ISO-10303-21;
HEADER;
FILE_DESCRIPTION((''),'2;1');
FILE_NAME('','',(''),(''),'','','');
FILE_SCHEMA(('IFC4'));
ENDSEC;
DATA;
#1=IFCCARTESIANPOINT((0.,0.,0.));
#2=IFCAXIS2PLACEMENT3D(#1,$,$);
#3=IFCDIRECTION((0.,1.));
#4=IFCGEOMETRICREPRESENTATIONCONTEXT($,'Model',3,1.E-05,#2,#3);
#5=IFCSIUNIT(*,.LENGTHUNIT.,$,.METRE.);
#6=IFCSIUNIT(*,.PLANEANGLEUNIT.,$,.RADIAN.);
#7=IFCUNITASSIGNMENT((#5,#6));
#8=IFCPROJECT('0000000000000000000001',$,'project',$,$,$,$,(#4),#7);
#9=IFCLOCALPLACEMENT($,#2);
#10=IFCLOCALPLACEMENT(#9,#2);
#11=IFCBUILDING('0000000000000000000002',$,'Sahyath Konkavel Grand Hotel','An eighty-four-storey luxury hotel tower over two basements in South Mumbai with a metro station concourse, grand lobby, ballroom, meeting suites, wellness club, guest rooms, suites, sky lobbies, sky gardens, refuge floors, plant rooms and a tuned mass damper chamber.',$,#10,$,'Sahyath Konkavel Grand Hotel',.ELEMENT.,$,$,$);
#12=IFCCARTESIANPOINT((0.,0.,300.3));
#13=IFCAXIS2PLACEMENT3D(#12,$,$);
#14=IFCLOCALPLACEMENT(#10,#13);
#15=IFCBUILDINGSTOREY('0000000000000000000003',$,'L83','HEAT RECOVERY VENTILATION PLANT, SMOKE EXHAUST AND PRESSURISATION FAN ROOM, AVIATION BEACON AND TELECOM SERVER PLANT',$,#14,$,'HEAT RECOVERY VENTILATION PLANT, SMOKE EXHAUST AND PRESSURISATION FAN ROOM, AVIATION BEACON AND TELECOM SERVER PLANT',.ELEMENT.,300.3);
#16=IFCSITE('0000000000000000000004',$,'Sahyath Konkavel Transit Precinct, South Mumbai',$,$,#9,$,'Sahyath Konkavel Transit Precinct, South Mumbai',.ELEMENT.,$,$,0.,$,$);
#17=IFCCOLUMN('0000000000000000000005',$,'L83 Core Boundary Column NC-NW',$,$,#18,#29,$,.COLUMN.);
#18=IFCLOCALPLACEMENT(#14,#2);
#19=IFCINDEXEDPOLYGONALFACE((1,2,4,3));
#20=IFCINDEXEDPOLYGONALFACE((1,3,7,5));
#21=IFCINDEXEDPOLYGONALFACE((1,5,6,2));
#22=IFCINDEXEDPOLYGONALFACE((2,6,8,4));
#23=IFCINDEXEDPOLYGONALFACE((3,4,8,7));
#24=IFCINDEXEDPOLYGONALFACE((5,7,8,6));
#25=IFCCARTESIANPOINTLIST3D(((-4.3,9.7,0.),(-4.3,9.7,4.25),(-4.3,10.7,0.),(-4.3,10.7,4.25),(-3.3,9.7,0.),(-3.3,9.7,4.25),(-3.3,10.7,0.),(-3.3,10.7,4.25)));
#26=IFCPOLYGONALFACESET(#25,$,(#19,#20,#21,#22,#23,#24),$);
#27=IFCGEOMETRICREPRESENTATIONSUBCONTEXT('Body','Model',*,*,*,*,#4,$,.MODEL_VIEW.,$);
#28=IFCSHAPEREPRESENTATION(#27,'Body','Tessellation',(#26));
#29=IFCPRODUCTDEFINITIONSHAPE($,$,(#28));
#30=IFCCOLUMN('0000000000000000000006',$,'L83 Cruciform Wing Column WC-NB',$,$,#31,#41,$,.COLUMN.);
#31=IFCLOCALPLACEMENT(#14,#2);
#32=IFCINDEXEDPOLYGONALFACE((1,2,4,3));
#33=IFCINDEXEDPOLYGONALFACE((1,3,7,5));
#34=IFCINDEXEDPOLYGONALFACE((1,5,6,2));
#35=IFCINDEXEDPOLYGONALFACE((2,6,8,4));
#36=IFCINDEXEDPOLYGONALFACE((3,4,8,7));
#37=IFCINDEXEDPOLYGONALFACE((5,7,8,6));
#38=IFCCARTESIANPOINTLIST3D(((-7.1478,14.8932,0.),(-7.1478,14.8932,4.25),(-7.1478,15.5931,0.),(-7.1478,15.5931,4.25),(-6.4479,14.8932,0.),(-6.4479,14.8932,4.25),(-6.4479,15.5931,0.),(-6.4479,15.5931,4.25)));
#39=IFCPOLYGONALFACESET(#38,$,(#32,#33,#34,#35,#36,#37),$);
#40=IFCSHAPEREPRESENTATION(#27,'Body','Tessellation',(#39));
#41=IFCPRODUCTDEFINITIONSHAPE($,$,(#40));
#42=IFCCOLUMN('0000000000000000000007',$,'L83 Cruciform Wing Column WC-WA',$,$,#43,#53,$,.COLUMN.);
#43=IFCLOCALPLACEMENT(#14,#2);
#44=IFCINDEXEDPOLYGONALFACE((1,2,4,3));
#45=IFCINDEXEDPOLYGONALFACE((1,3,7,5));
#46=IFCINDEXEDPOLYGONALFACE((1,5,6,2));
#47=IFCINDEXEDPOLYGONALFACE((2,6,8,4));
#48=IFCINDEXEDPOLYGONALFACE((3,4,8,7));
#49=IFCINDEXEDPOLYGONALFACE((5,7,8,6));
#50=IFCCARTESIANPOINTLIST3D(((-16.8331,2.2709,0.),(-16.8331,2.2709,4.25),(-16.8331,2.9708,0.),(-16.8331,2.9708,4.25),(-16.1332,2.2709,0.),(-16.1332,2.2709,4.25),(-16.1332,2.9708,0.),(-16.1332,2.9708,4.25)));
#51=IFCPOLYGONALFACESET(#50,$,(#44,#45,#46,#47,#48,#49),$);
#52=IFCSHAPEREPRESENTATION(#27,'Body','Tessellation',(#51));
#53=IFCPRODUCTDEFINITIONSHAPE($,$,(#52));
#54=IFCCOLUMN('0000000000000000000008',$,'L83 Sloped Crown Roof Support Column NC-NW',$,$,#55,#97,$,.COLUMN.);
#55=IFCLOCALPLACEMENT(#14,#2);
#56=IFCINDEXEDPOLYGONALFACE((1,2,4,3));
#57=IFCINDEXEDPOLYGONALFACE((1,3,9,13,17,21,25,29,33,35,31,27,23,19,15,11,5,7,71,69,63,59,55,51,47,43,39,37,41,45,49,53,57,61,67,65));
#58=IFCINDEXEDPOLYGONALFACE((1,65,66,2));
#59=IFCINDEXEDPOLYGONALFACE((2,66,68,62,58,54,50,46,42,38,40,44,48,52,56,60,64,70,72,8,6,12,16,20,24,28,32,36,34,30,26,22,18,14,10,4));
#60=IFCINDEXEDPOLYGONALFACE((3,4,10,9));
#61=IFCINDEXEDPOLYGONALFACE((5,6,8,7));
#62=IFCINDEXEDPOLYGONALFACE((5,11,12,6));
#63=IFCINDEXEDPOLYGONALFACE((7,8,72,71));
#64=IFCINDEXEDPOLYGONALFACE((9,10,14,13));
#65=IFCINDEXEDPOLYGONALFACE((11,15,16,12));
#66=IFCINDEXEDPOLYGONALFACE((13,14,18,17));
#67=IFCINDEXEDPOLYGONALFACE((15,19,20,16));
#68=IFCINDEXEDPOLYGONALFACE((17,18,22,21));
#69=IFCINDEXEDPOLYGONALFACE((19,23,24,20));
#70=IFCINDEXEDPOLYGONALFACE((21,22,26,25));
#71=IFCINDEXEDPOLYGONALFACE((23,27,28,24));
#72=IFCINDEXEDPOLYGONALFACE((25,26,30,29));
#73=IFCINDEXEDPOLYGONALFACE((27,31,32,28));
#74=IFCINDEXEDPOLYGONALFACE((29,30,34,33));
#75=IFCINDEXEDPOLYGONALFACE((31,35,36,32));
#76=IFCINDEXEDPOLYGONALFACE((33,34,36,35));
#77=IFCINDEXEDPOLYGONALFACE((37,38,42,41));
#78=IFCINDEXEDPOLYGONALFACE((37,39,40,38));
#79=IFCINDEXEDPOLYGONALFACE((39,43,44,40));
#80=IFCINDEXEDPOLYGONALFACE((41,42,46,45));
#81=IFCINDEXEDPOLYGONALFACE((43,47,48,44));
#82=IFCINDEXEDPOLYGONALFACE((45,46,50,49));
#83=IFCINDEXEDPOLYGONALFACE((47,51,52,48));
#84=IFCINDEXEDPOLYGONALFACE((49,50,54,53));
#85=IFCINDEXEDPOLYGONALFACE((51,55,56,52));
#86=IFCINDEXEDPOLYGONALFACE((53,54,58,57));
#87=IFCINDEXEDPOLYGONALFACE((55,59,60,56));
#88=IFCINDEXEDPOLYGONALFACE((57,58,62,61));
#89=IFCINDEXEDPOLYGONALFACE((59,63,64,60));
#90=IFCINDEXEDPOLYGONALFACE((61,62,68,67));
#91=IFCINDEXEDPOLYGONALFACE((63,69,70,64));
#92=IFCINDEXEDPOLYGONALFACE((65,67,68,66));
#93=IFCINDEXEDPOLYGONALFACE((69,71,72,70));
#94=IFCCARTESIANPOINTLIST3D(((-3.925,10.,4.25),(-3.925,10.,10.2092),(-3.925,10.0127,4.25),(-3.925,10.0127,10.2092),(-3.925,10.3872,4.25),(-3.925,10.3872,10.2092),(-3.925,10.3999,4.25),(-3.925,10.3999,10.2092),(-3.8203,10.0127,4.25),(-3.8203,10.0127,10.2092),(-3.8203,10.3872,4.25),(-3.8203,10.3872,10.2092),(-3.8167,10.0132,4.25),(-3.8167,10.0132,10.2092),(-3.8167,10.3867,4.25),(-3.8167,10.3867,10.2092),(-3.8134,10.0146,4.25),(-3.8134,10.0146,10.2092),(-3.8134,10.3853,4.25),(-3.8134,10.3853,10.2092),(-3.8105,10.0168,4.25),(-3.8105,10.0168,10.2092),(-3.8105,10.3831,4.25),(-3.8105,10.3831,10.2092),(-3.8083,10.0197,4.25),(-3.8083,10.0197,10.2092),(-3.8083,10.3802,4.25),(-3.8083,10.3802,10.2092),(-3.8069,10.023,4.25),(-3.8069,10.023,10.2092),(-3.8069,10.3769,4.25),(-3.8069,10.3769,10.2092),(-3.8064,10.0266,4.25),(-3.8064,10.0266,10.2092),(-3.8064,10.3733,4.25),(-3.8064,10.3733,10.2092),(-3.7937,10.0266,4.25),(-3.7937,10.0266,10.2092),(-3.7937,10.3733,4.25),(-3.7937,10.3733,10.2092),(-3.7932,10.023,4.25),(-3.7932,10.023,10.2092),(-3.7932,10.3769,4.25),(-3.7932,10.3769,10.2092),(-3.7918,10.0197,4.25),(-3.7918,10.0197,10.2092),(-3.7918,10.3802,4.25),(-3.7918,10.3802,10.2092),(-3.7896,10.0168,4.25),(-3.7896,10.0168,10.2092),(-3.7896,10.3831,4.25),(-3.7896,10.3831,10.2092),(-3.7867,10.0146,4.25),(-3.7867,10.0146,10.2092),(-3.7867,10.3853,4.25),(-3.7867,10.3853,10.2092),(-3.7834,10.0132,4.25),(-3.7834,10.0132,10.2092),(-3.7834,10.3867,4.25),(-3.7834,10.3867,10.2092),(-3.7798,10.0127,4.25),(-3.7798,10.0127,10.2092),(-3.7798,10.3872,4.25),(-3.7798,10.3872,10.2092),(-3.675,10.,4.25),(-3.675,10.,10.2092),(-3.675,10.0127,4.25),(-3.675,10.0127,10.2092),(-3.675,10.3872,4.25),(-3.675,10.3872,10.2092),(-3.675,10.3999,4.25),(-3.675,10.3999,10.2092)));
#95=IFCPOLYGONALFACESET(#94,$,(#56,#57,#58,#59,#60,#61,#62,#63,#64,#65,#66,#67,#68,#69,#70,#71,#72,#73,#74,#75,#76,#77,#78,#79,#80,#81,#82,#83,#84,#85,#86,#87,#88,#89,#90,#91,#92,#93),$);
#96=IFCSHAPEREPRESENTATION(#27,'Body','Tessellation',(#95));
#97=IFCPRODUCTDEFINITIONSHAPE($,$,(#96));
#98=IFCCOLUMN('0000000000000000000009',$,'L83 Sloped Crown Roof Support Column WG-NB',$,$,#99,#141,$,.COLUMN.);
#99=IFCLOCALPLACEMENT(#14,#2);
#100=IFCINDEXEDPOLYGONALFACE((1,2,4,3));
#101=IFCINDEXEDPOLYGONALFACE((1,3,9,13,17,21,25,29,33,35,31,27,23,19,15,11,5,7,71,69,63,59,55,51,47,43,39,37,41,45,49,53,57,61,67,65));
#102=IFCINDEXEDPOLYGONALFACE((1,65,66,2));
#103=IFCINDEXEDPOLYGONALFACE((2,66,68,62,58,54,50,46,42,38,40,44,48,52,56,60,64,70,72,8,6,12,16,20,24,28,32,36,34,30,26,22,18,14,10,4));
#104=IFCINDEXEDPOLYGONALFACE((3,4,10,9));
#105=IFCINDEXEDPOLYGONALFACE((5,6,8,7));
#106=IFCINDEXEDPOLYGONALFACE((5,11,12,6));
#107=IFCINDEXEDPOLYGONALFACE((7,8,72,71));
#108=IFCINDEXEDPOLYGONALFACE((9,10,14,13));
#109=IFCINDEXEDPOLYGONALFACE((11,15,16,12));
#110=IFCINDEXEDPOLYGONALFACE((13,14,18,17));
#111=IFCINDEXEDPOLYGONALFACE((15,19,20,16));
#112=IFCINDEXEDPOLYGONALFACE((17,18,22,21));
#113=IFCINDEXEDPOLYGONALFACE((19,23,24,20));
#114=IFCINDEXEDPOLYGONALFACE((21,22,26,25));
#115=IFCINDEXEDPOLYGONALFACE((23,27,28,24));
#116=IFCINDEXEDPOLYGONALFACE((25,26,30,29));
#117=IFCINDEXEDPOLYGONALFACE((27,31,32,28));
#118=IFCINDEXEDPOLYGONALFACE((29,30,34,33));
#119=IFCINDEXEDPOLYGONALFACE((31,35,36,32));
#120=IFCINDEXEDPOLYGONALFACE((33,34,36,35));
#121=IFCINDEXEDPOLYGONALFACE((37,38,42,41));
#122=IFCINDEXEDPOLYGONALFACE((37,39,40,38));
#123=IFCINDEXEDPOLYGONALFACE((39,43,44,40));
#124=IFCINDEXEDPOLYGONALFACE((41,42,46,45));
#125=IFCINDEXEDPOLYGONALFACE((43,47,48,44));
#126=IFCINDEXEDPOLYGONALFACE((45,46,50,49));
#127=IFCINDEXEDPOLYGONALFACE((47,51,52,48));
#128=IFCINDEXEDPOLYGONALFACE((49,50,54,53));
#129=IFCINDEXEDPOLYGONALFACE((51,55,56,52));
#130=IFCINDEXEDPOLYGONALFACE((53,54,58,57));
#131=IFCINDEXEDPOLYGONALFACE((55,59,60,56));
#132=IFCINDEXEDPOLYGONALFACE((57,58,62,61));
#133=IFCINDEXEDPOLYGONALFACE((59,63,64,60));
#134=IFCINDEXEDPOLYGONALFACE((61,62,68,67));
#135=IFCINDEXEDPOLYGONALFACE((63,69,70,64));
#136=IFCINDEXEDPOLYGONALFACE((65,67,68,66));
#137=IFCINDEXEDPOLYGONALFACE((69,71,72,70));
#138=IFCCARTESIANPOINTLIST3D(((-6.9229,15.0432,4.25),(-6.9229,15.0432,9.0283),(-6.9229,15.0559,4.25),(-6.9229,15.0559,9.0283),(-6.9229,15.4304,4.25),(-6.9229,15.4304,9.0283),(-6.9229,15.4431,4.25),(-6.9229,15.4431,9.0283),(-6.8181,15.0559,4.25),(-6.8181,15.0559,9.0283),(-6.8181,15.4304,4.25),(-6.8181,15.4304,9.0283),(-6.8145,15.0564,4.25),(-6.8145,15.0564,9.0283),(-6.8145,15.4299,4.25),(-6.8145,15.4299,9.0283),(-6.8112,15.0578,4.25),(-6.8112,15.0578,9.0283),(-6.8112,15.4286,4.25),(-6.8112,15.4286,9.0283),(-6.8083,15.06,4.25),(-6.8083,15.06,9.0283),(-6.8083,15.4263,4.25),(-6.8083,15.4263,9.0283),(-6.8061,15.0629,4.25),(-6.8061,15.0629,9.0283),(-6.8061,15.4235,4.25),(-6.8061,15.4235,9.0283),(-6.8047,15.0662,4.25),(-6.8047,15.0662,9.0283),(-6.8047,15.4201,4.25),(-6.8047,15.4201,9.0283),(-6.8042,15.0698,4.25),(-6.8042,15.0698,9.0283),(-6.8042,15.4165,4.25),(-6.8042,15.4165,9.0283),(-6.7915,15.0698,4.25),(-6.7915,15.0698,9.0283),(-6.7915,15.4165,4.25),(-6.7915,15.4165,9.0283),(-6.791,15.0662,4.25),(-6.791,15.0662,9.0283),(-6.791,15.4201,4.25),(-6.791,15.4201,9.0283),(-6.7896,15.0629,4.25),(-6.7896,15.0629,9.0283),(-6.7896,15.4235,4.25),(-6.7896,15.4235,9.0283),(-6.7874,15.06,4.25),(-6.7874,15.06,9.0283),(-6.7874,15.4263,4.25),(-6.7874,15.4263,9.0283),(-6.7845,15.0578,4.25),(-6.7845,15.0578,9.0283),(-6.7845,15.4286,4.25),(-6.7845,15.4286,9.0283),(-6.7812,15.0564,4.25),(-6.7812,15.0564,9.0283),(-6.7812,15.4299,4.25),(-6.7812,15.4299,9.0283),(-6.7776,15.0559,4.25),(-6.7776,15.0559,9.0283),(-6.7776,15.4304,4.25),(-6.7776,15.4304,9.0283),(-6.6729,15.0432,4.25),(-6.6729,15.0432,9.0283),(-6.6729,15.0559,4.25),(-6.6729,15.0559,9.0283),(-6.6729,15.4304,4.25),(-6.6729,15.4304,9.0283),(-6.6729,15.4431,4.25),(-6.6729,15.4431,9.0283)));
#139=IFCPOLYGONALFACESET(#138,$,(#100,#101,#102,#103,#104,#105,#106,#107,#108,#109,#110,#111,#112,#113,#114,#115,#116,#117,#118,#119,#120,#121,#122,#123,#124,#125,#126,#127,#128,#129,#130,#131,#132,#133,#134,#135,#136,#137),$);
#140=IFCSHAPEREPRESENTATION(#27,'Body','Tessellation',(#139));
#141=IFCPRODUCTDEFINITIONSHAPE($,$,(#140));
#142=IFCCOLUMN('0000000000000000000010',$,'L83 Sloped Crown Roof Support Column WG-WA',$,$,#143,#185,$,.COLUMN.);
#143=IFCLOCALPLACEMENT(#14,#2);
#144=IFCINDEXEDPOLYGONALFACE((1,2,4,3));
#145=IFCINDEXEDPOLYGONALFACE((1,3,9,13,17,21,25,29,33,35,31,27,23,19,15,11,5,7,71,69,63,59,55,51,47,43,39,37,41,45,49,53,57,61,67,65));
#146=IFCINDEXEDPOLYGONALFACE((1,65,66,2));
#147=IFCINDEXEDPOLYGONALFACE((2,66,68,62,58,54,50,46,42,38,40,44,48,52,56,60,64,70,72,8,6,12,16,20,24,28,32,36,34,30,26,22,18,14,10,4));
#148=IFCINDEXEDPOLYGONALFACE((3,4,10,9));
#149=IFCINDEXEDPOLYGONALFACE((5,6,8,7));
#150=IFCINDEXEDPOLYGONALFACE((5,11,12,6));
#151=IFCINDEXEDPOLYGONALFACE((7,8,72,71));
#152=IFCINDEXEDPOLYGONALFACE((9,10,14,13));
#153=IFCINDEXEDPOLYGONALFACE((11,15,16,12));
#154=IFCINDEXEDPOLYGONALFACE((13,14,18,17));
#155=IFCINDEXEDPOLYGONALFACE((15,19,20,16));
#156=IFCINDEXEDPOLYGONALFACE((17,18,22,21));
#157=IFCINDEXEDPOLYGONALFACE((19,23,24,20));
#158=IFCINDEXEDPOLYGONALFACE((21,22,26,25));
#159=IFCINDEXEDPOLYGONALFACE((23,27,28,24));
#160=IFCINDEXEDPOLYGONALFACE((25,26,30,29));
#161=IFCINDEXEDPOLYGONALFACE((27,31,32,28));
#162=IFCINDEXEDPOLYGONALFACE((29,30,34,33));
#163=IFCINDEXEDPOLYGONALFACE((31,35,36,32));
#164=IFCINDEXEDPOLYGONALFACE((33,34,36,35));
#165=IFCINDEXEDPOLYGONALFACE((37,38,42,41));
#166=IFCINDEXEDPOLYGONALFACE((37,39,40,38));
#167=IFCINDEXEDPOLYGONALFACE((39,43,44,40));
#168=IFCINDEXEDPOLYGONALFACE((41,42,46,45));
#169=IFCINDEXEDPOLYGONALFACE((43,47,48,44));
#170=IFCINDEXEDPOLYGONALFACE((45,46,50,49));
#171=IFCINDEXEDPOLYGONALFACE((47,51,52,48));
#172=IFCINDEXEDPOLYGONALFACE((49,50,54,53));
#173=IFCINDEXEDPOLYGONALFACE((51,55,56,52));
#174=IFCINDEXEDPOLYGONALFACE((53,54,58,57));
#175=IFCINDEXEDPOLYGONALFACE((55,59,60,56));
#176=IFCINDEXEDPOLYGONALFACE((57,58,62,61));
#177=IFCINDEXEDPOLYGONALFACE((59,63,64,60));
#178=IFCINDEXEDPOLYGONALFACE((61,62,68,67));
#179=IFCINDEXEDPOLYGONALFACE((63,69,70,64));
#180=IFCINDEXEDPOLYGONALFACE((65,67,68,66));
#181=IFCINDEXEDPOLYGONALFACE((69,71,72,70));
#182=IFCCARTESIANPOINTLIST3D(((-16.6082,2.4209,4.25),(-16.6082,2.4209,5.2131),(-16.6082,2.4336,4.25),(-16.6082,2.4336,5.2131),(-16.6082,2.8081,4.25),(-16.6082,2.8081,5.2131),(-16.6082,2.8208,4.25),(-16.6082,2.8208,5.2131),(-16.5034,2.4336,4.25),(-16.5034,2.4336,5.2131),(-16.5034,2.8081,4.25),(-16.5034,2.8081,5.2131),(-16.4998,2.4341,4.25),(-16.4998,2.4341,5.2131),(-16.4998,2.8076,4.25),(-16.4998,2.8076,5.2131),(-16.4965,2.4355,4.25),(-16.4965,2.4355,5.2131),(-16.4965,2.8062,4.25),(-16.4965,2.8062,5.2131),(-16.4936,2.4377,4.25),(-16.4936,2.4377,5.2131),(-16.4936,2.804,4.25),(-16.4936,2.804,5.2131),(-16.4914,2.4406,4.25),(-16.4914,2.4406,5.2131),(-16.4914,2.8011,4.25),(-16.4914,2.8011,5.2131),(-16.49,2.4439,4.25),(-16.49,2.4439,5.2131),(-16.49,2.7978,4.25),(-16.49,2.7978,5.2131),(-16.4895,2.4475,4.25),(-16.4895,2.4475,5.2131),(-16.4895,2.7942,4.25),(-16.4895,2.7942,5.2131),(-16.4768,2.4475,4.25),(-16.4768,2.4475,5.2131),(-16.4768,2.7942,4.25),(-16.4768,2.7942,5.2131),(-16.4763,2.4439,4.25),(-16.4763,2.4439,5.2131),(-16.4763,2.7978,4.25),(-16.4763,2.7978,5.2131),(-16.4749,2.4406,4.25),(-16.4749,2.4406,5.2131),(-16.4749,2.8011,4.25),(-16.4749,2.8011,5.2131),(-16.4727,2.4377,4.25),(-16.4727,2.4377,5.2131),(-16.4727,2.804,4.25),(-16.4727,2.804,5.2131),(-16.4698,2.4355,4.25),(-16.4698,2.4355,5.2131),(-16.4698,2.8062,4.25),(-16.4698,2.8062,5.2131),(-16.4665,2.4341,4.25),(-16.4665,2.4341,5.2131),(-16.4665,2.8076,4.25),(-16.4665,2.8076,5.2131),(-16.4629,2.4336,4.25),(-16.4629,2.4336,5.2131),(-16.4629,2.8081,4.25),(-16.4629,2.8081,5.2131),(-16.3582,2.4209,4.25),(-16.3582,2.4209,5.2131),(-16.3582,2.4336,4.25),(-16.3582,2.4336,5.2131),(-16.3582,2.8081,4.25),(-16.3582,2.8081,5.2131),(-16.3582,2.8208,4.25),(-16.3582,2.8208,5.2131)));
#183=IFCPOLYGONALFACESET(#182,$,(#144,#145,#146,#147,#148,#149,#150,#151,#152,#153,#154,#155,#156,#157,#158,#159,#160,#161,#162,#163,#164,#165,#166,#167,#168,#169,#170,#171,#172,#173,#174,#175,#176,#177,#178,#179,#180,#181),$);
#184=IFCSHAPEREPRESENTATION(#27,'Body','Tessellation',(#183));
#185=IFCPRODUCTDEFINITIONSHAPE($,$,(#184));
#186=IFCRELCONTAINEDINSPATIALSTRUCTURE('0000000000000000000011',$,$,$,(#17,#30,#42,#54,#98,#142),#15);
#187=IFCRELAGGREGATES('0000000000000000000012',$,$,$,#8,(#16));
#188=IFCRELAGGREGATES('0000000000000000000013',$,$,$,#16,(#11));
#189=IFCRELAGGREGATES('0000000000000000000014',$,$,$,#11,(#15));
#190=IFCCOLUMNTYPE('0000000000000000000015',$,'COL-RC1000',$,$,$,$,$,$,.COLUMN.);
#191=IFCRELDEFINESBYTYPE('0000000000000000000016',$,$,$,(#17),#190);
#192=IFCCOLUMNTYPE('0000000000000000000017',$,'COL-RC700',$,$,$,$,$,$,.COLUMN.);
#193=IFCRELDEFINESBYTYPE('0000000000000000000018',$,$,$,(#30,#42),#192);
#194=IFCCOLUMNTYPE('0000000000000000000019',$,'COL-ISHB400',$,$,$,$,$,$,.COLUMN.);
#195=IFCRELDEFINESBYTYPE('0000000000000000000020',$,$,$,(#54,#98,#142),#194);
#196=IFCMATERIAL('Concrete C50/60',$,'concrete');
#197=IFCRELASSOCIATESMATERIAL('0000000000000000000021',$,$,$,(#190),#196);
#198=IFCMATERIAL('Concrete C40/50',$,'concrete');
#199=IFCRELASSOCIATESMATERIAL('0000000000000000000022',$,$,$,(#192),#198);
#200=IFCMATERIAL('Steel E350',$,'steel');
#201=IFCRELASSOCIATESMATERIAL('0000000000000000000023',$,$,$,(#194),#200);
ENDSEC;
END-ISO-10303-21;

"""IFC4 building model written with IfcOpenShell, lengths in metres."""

from ifc_helpers import new_model, si_unit, direction, frame, origin, origin_2d, place, context, subcontext, project, spatial, rectangle, i_section, extrude, source, transform, mapped, material, material_profile, profile_set, type_object, element, save


model = new_model("IFC4")

# Units and contexts
model_context = context("Model", 3, precision=1e-05, world=origin(), true_north=direction((0.0, 1.0)))
body_context = subcontext(model_context, "Body", "Model", "MODEL_VIEW")
ifc_project = project(units=[si_unit("LENGTHUNIT", "METRE"), si_unit("PLANEANGLEUNIT", "RADIAN")], contexts=[model_context])

# Site, building, storey
site_placement = place(None, origin())
site = spatial("IfcSite", under=ifc_project, at=site_placement, Name="Sahyath Konkavel Transit Precinct, South Mumbai", LongName="Sahyath Konkavel Transit Precinct, South Mumbai", CompositionType="ELEMENT", RefElevation=0.0)
building_placement = place(site_placement, origin())
building = spatial("IfcBuilding", under=site, at=building_placement, Name="Sahyath Konkavel Grand Hotel", Description="An eighty-four-storey luxury hotel tower over two basements in South Mumbai with a metro station concourse, grand lobby, ballroom, meeting suites, wellness club, guest rooms, suites, sky lobbies, sky gardens, refuge floors, plant rooms and a tuned mass damper chamber.", LongName="Sahyath Konkavel Grand Hotel", CompositionType="ELEMENT")
storey_placement = place(building_placement, frame((0.0, 0.0, 300.3)))
storey = spatial("IfcBuildingStorey", under=building, at=storey_placement, Name="L83", Description="HEAT RECOVERY VENTILATION PLANT, SMOKE EXHAUST AND PRESSURISATION FAN ROOM, AVIATION BEACON AND TELECOM SERVER PLANT", LongName="HEAT RECOVERY VENTILATION PLANT, SMOKE EXHAUST AND PRESSURISATION FAN ROOM, AVIATION BEACON AND TELECOM SERVER PLANT", CompositionType="ELEMENT", Elevation=300.3)

# Columns
ifc_material_1 = material(Name="Concrete C50/60", Category="concrete")
ifc_material_profile_1 = material_profile(ifc_material_1, rectangle(XDim=1.0, YDim=1.0, at=origin_2d()), Name="RC 1000x1000")
ifc_profile_set_1 = profile_set([ifc_material_profile_1], Name="Concrete C50/60")
column_type_1 = type_object("IfcColumnType", Name="COL-RC1000", PredefinedType="COLUMN", material=ifc_profile_set_1)
shared_shape_1 = source(origin(), body_context, "Body", "SweptSolid", [
    extrude(rectangle(XDim=1.0, YDim=1.0, at=origin_2d()), origin(), (0.0, 0.0, 1.0), 4.25),
])
column_1_placement = place(storey_placement, frame((-3.8, 10.2, 0.0), z_axis=(0.0, 0.0, 1.0), x_axis=(1.0, 0.0, 0.0)))
element("IfcColumn", 1, at=column_1_placement, inside=storey, type_object=column_type_1, Name="L83 Core Boundary Column NC-NW", PredefinedType="COLUMN", context=body_context, shape_type="MappedRepresentation", body=[
    mapped(shared_shape_1, transform((0.0, 0.0, 0.0), scale=1.0)),
])
ifc_material_2 = material(Name="Concrete C40/50", Category="concrete")
ifc_material_profile_2 = material_profile(ifc_material_2, rectangle(XDim=0.7, YDim=0.7, at=origin_2d()), Name="RC 700x700")
ifc_profile_set_2 = profile_set([ifc_material_profile_2], Name="Concrete C40/50")
column_type_2 = type_object("IfcColumnType", Name="COL-RC700", PredefinedType="COLUMN", material=ifc_profile_set_2)
shared_shape_2 = source(origin(), body_context, "Body", "SweptSolid", [
    extrude(rectangle(XDim=0.7, YDim=0.7, at=origin_2d()), origin(), (0.0, 0.0, 1.0), 4.25),
])
for number, where, z_axis, x_axis, name in (
    (2, (-6.7979, 15.2432, 0.0), (0.0, 0.0, 1.0), (1.0, 0.0, 0.0), "L83 Cruciform Wing Column WC-NB"),
    (3, (-16.4832, 2.6208, 0.0), (0.0, 0.0, 1.0), (1.0, 0.0, 0.0), "L83 Cruciform Wing Column WC-WA"),
):
    element("IfcColumn", number, at=place(storey_placement, frame(where, z_axis=z_axis, x_axis=x_axis)), inside=storey, type_object=column_type_2, Name=name, PredefinedType="COLUMN", context=body_context, shape_type="MappedRepresentation", body=[
        mapped(shared_shape_2, transform((0.0, 0.0, 0.0), scale=1.0)),
    ])
ifc_material_3 = material(Name="Steel E350", Category="steel")
ifc_material_profile_3 = material_profile(ifc_material_3, i_section(OverallWidth=0.25, OverallDepth=0.3999, WebThickness=0.0127, FlangeThickness=0.0127, FilletRadius=0.0139, at=origin_2d()), Name="ISHB 400")
ifc_profile_set_3 = profile_set([ifc_material_profile_3], Name="Steel E350")
column_type_3 = type_object("IfcColumnType", Name="COL-ISHB400", PredefinedType="COLUMN", material=ifc_profile_set_3)
shared_shape_3 = source(origin(), body_context, "Body", "SweptSolid", [
    extrude(i_section(OverallWidth=0.25, OverallDepth=0.3999, WebThickness=0.0127, FlangeThickness=0.0127, FilletRadius=0.0139, at=origin_2d()), origin(), (0.0, 0.0, 1.0), 5.9592),
])
column_2_placement = place(storey_placement, frame((-3.8, 10.2, 4.25), z_axis=(0.0, 0.0, 1.0), x_axis=(1.0, 0.0, 0.0)))
element("IfcColumn", 4, at=column_2_placement, inside=storey, type_object=column_type_3, Name="L83 Sloped Crown Roof Support Column NC-NW", PredefinedType="COLUMN", context=body_context, shape_type="MappedRepresentation", body=[
    mapped(shared_shape_3, transform((0.0, 0.0, 0.0), scale=1.0)),
])
shared_shape_4 = source(origin(), body_context, "Body", "SweptSolid", [
    extrude(i_section(OverallWidth=0.25, OverallDepth=0.3999, WebThickness=0.0127, FlangeThickness=0.0127, FilletRadius=0.0139, at=origin_2d()), origin(), (0.0, 0.0, 1.0), 4.7783),
])
column_3_placement = place(storey_placement, frame((-6.7979, 15.2432, 4.25), z_axis=(0.0, 0.0, 1.0), x_axis=(1.0, 0.0, 0.0)))
element("IfcColumn", 5, at=column_3_placement, inside=storey, type_object=column_type_3, Name="L83 Sloped Crown Roof Support Column WG-NB", PredefinedType="COLUMN", context=body_context, shape_type="MappedRepresentation", body=[
    mapped(shared_shape_4, transform((0.0, 0.0, 0.0), scale=1.0)),
])
shared_shape_5 = source(origin(), body_context, "Body", "SweptSolid", [
    extrude(i_section(OverallWidth=0.25, OverallDepth=0.3999, WebThickness=0.0127, FlangeThickness=0.0127, FilletRadius=0.0139, at=origin_2d()), origin(), (0.0, 0.0, 1.0), 0.9631),
])
column_4_placement = place(storey_placement, frame((-16.4832, 2.6208, 4.25), z_axis=(0.0, 0.0, 1.0), x_axis=(1.0, 0.0, 0.0)))
element("IfcColumn", 6, at=column_4_placement, inside=storey, type_object=column_type_3, Name="L83 Sloped Crown Roof Support Column WG-WA", PredefinedType="COLUMN", context=body_context, shape_type="MappedRepresentation", body=[
    mapped(shared_shape_5, transform((0.0, 0.0, 0.0), scale=1.0)),
])

save(model, "model.ifc")
